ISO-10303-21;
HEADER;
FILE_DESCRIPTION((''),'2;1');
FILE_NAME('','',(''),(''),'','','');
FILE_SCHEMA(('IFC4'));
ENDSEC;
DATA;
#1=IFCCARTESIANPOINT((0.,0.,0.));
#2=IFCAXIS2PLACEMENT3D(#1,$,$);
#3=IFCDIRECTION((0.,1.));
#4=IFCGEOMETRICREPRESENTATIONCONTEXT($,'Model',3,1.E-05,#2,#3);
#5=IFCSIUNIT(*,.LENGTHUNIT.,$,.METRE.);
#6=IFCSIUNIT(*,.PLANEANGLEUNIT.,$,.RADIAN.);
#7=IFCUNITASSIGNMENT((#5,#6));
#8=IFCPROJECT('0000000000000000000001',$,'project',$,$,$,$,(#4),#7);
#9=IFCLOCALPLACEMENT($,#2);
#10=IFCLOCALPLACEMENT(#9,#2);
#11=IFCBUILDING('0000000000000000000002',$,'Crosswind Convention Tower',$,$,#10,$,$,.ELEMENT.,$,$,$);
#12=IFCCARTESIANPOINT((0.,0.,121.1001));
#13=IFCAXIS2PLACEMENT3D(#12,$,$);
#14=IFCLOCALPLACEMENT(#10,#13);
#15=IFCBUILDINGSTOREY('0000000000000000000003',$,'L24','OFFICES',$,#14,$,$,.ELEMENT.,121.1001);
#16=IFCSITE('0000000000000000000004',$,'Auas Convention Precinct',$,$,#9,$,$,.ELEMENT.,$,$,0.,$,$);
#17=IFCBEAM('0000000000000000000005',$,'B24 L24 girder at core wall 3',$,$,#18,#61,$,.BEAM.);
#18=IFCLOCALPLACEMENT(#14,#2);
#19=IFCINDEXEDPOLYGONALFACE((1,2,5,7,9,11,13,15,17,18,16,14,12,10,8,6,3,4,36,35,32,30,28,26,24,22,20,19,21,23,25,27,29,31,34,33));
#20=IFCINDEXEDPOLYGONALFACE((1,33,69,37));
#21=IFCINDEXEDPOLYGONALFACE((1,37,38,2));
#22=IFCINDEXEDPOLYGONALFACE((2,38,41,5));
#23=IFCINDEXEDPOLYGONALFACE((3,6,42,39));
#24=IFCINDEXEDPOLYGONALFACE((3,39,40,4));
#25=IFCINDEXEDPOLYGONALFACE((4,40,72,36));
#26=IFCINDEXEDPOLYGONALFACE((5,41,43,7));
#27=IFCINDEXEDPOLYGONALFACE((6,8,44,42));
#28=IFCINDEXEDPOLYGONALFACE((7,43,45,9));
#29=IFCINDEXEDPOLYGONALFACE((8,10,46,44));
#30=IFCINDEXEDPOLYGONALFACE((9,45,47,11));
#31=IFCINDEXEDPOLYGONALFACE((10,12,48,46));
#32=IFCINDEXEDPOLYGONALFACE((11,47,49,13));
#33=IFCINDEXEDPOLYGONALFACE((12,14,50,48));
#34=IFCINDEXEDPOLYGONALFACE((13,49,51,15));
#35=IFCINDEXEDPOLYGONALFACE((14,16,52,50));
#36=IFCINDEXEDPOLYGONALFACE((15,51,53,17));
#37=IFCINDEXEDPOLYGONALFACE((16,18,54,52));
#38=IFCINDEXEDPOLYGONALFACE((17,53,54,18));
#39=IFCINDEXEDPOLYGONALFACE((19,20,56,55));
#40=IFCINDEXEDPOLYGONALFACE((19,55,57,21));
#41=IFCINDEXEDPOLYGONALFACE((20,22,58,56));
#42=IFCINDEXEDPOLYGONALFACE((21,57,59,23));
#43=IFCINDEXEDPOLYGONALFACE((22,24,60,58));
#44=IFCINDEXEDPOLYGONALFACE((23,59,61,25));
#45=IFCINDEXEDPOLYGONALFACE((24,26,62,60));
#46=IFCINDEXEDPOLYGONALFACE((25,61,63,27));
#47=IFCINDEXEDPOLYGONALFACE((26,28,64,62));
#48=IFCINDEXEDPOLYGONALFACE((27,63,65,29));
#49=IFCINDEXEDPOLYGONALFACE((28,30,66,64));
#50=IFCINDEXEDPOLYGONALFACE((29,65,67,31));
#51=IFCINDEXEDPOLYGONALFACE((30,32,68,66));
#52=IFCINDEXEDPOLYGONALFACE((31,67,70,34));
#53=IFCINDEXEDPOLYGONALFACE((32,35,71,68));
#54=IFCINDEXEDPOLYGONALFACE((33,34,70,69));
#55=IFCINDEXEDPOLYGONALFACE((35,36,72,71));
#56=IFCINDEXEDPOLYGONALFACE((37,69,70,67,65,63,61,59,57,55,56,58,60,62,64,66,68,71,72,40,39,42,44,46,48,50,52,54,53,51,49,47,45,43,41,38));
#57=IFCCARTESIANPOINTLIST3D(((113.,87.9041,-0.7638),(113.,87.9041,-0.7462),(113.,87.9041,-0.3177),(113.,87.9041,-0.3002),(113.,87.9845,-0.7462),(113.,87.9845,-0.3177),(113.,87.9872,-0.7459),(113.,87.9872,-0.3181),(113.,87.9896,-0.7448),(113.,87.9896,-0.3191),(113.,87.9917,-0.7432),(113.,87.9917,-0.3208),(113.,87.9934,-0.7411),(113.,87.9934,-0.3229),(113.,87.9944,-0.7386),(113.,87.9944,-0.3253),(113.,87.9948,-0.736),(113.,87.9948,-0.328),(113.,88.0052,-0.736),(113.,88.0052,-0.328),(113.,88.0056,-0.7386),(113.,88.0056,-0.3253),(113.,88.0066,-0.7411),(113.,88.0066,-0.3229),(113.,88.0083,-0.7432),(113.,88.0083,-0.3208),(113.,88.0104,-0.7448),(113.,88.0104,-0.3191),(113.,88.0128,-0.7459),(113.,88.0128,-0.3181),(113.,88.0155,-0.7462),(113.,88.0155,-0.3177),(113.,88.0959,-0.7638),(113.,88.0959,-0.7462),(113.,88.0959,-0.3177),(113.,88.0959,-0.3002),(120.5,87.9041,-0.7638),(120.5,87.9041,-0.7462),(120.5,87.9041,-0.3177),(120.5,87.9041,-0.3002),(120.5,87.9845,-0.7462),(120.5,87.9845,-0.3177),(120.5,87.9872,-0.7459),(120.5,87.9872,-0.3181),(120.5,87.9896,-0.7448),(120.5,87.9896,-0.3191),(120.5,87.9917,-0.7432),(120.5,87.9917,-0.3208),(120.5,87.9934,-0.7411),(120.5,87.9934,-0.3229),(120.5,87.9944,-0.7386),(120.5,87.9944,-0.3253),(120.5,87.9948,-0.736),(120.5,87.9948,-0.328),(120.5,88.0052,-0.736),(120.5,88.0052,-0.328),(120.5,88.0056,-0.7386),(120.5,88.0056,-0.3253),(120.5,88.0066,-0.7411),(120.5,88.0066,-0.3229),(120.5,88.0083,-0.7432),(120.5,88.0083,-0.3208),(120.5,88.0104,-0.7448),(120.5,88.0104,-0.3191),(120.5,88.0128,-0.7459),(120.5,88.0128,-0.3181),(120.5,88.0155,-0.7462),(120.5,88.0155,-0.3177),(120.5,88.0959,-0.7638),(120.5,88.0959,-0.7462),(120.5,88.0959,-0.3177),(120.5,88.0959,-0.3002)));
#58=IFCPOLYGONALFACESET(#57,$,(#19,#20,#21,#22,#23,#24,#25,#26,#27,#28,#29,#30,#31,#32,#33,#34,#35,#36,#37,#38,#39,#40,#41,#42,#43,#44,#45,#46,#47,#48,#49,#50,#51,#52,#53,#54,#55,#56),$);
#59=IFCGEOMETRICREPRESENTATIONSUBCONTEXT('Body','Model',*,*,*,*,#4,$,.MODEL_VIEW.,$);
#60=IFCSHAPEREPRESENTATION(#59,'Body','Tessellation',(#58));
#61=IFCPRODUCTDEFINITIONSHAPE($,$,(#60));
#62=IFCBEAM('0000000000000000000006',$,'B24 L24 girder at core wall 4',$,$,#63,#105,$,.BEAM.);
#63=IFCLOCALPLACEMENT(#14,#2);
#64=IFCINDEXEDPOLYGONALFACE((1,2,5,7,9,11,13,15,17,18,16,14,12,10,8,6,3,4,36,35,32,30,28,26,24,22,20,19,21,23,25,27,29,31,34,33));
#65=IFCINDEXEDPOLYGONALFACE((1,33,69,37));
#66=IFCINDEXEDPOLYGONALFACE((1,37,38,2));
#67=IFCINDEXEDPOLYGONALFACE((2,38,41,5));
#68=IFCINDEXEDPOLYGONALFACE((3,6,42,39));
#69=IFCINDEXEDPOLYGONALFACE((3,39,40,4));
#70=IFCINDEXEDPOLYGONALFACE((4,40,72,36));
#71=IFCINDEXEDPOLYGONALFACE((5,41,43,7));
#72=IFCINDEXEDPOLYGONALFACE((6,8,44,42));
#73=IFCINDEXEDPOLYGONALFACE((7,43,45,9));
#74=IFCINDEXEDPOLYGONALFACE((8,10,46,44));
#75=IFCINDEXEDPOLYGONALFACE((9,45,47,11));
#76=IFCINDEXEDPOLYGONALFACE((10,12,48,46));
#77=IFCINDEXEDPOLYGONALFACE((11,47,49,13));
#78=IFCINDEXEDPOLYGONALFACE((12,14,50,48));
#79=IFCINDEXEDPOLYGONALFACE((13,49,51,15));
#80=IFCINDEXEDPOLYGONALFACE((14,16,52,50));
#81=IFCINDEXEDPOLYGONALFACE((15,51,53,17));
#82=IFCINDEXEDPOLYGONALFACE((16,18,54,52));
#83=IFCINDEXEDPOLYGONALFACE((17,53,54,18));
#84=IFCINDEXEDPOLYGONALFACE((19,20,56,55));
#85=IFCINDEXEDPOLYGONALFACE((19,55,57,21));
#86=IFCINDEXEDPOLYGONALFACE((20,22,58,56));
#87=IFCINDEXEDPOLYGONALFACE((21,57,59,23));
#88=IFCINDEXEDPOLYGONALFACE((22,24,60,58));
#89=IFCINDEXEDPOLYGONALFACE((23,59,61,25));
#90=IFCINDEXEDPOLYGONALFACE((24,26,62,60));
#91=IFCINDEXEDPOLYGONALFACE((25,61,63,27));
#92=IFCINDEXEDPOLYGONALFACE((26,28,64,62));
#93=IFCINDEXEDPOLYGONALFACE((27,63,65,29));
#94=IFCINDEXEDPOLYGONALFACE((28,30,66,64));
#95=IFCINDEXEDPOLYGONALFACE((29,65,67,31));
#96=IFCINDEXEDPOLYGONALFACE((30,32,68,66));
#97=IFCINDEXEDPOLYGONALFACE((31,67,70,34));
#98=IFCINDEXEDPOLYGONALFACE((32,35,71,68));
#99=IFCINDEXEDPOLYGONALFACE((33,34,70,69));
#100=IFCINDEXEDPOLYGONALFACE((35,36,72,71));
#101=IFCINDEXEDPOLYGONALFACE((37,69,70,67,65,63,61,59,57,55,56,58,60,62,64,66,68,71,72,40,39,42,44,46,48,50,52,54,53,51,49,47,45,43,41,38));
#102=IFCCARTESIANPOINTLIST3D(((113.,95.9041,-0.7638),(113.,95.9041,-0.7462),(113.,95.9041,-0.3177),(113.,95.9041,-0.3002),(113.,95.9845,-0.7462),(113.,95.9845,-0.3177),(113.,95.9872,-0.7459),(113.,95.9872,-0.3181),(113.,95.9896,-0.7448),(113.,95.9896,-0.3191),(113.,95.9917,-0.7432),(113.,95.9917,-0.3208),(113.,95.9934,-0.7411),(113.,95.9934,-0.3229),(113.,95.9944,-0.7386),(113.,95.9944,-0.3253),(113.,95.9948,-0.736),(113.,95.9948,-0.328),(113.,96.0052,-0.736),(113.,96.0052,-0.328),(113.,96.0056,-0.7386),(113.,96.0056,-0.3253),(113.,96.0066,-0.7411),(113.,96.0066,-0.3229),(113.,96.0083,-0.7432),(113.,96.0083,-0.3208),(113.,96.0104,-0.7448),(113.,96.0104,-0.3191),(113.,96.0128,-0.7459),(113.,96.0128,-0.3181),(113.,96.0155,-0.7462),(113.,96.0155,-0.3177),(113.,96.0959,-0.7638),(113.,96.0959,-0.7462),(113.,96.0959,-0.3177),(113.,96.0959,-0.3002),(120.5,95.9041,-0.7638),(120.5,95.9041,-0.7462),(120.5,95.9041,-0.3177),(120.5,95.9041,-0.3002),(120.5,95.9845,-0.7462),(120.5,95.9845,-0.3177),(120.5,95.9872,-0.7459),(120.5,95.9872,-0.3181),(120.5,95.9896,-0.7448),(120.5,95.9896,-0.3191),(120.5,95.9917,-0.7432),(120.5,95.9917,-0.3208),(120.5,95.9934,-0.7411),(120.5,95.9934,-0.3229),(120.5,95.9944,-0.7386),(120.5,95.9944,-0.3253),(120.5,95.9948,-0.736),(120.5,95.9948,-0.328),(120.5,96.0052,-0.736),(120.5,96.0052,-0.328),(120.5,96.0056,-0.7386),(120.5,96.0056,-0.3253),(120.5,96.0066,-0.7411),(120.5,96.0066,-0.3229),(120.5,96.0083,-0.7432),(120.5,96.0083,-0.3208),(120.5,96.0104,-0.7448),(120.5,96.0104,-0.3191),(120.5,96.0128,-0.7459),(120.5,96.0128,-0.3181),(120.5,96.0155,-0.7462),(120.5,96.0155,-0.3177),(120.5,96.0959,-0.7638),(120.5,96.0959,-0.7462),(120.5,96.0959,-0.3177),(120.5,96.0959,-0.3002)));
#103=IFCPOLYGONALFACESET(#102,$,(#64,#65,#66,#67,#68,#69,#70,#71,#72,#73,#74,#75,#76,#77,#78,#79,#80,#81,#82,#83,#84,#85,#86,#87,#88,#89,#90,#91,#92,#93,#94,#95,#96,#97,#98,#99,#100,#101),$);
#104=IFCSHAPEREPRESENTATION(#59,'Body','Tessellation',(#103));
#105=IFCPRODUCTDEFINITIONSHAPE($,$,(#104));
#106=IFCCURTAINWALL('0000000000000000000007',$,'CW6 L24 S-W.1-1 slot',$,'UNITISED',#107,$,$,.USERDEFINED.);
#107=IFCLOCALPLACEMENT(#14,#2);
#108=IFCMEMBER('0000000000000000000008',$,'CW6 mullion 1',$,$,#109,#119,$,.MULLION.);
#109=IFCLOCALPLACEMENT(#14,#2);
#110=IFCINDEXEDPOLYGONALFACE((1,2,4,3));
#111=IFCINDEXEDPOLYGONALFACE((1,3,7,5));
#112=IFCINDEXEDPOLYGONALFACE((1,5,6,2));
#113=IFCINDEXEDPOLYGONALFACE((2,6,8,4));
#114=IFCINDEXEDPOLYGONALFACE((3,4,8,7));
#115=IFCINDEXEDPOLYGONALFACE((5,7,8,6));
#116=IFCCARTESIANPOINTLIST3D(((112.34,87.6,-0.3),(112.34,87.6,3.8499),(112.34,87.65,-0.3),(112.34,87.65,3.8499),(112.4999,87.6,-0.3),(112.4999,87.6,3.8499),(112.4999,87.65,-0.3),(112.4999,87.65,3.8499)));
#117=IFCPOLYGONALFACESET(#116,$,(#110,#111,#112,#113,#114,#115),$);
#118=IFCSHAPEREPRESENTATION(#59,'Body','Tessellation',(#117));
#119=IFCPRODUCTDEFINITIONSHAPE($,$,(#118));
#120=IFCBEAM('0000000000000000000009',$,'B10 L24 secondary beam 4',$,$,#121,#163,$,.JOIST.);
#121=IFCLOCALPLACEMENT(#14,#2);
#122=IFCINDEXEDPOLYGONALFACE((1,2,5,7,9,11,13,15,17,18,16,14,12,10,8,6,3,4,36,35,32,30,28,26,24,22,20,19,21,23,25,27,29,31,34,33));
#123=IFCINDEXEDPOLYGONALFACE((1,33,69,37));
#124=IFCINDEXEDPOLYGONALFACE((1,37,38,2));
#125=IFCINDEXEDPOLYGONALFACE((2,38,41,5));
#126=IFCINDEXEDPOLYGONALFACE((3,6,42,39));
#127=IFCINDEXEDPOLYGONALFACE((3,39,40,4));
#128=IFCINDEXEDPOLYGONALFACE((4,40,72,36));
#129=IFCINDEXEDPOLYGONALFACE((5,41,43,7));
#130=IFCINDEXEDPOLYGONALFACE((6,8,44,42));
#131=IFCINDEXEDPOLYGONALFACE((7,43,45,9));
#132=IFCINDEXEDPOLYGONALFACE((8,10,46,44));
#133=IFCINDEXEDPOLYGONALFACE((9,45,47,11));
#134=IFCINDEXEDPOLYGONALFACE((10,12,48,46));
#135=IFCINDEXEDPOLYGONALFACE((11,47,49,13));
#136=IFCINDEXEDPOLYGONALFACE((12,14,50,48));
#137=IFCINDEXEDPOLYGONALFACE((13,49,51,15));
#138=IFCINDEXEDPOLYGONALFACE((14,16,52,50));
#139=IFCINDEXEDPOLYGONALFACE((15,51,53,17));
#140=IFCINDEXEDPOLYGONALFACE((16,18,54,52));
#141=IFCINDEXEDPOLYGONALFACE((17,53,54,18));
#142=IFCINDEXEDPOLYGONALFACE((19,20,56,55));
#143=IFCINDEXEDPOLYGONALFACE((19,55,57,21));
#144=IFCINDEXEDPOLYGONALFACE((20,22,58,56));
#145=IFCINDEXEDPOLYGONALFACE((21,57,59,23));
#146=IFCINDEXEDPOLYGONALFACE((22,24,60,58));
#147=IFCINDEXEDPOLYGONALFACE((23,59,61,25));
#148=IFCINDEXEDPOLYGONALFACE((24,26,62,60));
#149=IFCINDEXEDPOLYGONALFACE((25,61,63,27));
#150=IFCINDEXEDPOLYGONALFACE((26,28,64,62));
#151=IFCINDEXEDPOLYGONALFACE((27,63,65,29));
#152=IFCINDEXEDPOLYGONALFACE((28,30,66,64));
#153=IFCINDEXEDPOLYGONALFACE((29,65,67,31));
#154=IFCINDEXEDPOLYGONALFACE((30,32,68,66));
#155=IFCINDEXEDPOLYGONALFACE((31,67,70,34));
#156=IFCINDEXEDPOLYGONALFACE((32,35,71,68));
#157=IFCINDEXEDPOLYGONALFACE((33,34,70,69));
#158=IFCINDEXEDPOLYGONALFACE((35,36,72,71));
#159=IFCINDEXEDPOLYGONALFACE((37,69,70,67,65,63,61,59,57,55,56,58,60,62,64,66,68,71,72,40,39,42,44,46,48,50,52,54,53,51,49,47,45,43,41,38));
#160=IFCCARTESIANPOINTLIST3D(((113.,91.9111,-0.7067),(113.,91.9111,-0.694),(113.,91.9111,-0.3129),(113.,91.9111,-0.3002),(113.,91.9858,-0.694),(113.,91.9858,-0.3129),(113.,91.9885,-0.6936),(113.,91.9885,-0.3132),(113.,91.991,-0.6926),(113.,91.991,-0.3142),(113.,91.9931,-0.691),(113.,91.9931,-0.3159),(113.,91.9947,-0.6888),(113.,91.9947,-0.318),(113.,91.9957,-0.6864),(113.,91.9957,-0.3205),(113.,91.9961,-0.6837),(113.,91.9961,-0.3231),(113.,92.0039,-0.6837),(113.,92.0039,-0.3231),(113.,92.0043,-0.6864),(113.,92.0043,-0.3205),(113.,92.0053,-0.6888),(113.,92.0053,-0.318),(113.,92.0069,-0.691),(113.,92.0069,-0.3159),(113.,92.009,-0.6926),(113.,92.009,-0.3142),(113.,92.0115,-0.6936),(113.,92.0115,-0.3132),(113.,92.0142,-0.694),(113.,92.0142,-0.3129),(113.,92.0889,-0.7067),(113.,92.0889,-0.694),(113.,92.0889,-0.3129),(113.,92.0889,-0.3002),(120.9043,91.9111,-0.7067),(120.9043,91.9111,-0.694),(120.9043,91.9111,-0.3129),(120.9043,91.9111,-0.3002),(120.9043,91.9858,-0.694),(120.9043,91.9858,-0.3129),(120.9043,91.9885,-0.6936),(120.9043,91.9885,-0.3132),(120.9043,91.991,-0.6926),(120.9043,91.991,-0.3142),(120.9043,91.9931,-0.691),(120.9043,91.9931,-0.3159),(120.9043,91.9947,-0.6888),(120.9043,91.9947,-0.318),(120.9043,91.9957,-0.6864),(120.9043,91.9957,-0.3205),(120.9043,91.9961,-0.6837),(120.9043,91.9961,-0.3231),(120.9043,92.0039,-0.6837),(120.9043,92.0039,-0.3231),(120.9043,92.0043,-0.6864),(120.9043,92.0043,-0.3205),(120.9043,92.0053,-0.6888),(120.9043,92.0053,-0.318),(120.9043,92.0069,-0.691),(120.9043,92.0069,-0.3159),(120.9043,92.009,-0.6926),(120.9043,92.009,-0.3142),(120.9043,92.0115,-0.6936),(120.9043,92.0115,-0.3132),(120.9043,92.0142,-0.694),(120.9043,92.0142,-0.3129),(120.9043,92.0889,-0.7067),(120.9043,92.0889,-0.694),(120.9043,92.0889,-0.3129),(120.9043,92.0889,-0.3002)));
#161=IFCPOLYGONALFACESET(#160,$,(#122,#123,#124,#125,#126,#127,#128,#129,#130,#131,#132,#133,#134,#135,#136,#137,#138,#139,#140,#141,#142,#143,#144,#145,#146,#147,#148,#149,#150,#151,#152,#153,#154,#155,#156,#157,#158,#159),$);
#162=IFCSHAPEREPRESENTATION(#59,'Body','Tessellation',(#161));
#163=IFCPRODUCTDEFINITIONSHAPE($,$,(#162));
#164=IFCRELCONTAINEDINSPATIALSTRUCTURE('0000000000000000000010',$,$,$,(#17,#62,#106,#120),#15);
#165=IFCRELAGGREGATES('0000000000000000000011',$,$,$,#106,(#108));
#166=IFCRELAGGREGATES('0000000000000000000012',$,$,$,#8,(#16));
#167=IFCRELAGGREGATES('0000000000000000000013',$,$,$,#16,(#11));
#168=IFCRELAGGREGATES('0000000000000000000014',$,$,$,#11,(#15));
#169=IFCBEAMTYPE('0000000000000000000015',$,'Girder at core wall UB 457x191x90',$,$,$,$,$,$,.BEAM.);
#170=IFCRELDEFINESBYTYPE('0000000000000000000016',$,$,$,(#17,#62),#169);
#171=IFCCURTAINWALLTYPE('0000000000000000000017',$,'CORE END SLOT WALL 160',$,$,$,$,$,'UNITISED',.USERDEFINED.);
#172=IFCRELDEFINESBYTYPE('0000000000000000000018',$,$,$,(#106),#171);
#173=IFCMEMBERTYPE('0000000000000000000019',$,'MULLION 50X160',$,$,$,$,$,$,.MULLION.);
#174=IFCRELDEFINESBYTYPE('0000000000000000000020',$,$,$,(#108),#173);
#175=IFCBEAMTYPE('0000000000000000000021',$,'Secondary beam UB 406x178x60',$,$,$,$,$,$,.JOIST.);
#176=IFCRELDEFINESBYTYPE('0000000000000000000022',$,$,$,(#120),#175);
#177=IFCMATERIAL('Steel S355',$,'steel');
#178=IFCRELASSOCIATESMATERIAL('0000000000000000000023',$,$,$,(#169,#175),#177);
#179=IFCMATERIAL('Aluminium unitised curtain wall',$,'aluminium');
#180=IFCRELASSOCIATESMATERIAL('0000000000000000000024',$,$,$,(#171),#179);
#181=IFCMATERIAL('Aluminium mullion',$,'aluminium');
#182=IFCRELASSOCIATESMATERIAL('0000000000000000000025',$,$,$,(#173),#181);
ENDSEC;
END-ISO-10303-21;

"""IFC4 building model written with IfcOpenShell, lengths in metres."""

from ifc_helpers import new_model, si_unit, direction, frame, origin, origin_2d, place, context, subcontext, project, spatial, rectangle, i_section, extrude, material, material_profile, profile_set, type_object, element, aggregate, save


model = new_model("IFC4")

# Units and contexts
model_context = context("Model", 3, precision=1e-05, world=origin(), true_north=direction((0.0, 1.0)))
body_context = subcontext(model_context, "Body", "Model", "MODEL_VIEW")
ifc_project = project(units=[si_unit("LENGTHUNIT", "METRE"), si_unit("PLANEANGLEUNIT", "RADIAN")], contexts=[model_context])

# Site, building, storey
site_placement = place(None, origin())
site = spatial("IfcSite", under=ifc_project, at=site_placement, Name="Auas Convention Precinct", CompositionType="ELEMENT", RefElevation=0.0)
building_placement = place(site_placement, origin())
building = spatial("IfcBuilding", under=site, at=building_placement, Name="Crosswind Convention Tower", CompositionType="ELEMENT")
storey_placement = place(building_placement, frame((0.0, 0.0, 121.1001)))
storey = spatial("IfcBuildingStorey", under=building, at=storey_placement, Name="L24", Description="OFFICES", CompositionType="ELEMENT", Elevation=121.1001)

# Beams
ifc_material_1 = material(Name="Steel S355", Category="steel")
ifc_material_profile_1 = material_profile(ifc_material_1, i_section(OverallWidth=0.1919, OverallDepth=0.4636, WebThickness=0.0105, FlangeThickness=0.0176, FilletRadius=0.0103, at=origin_2d()), Name="UB 457x191x90")
ifc_profile_set_1 = profile_set([ifc_material_profile_1], Name="Steel S355")
beam_type_1 = type_object("IfcBeamType", Name="Girder at core wall UB 457x191x90", PredefinedType="BEAM", material=ifc_profile_set_1)
for number, where, z_axis, x_axis, name in (
    (1, (113.0, 88.0, -0.532), (1.0, 0.0, 0.0), (0.0, 1.0, 0.0), "B24 L24 girder at core wall 3"),
    (2, (113.0, 96.0, -0.532), (1.0, 0.0, 0.0), (0.0, 1.0, 0.0), "B24 L24 girder at core wall 4"),
):
    element("IfcBeam", number, at=place(storey_placement, frame(where, z_axis=z_axis, x_axis=x_axis)), inside=storey, type_object=beam_type_1, Name=name, PredefinedType="BEAM", context=body_context, shape_type="SweptSolid", body=[
        extrude(i_section(OverallWidth=0.1919, OverallDepth=0.4636, WebThickness=0.0105, FlangeThickness=0.0176, FilletRadius=0.0103, at=origin_2d()), origin(), (0.0, 0.0, 1.0), 7.5),
    ])

# Curtain wall, member
ifc_material_2 = material(Name="Aluminium unitised curtain wall", Category="aluminium")
curtain_wall_type = type_object("IfcCurtainWallType", Name="CORE END SLOT WALL 160", ElementType="UNITISED", PredefinedType="USERDEFINED", material=ifc_material_2)
curtain_wall_placement = place(storey_placement, origin())
curtain_wall = element("IfcCurtainWall", 3, at=curtain_wall_placement, inside=storey, type_object=curtain_wall_type, Name="CW6 L24 S-W.1-1 slot", ObjectType="UNITISED", PredefinedType="USERDEFINED")
ifc_material_3 = material(Name="Aluminium mullion", Category="aluminium")
ifc_material_profile_2 = material_profile(ifc_material_3, rectangle(XDim=0.1599, YDim=0.05, at=origin_2d()), Name="AL 160X50")
ifc_profile_set_2 = profile_set([ifc_material_profile_2], Name="Aluminium mullion")
member_type_1 = type_object("IfcMemberType", Name="MULLION 50X160", PredefinedType="MULLION", material=ifc_profile_set_2)
member_1_placement = place(storey_placement, frame((112.4199, 87.625, -0.3), z_axis=(0.0, 0.0, 1.0), x_axis=(-1.0, 0.0, 0.0)))
member_1 = element("IfcMember", 4, at=member_1_placement, type_object=member_type_1, Name="CW6 mullion 1", PredefinedType="MULLION", context=body_context, shape_type="SweptSolid", body=[
    extrude(rectangle(XDim=0.1599, YDim=0.05, at=origin_2d()), origin(), (0.0, 0.0, 1.0), 4.1499),
])

# Beam
ifc_material_profile_3 = material_profile(ifc_material_1, i_section(OverallWidth=0.1777, OverallDepth=0.4065, WebThickness=0.0078, FlangeThickness=0.0127, FilletRadius=0.0103, at=origin_2d()), Name="UB 406x178x60")
ifc_profile_set_3 = profile_set([ifc_material_profile_3], Name="Steel S355")
beam_type_2 = type_object("IfcBeamType", Name="Secondary beam UB 406x178x60", PredefinedType="JOIST", material=ifc_profile_set_3)
beam_1_placement = place(storey_placement, frame((113.0, 92.0, -0.5034), z_axis=(1.0, 0.0, 0.0), x_axis=(0.0, 1.0, 0.0)))
element("IfcBeam", 5, at=beam_1_placement, inside=storey, type_object=beam_type_2, Name="B10 L24 secondary beam 4", PredefinedType="JOIST", context=body_context, shape_type="SweptSolid", body=[
    extrude(i_section(OverallWidth=0.1777, OverallDepth=0.4065, WebThickness=0.0078, FlangeThickness=0.0127, FilletRadius=0.0103, at=origin_2d()), origin(), (0.0, 0.0, 1.0), 7.9043),
])

aggregate(curtain_wall, [member_1])

save(model, "model.ifc")
